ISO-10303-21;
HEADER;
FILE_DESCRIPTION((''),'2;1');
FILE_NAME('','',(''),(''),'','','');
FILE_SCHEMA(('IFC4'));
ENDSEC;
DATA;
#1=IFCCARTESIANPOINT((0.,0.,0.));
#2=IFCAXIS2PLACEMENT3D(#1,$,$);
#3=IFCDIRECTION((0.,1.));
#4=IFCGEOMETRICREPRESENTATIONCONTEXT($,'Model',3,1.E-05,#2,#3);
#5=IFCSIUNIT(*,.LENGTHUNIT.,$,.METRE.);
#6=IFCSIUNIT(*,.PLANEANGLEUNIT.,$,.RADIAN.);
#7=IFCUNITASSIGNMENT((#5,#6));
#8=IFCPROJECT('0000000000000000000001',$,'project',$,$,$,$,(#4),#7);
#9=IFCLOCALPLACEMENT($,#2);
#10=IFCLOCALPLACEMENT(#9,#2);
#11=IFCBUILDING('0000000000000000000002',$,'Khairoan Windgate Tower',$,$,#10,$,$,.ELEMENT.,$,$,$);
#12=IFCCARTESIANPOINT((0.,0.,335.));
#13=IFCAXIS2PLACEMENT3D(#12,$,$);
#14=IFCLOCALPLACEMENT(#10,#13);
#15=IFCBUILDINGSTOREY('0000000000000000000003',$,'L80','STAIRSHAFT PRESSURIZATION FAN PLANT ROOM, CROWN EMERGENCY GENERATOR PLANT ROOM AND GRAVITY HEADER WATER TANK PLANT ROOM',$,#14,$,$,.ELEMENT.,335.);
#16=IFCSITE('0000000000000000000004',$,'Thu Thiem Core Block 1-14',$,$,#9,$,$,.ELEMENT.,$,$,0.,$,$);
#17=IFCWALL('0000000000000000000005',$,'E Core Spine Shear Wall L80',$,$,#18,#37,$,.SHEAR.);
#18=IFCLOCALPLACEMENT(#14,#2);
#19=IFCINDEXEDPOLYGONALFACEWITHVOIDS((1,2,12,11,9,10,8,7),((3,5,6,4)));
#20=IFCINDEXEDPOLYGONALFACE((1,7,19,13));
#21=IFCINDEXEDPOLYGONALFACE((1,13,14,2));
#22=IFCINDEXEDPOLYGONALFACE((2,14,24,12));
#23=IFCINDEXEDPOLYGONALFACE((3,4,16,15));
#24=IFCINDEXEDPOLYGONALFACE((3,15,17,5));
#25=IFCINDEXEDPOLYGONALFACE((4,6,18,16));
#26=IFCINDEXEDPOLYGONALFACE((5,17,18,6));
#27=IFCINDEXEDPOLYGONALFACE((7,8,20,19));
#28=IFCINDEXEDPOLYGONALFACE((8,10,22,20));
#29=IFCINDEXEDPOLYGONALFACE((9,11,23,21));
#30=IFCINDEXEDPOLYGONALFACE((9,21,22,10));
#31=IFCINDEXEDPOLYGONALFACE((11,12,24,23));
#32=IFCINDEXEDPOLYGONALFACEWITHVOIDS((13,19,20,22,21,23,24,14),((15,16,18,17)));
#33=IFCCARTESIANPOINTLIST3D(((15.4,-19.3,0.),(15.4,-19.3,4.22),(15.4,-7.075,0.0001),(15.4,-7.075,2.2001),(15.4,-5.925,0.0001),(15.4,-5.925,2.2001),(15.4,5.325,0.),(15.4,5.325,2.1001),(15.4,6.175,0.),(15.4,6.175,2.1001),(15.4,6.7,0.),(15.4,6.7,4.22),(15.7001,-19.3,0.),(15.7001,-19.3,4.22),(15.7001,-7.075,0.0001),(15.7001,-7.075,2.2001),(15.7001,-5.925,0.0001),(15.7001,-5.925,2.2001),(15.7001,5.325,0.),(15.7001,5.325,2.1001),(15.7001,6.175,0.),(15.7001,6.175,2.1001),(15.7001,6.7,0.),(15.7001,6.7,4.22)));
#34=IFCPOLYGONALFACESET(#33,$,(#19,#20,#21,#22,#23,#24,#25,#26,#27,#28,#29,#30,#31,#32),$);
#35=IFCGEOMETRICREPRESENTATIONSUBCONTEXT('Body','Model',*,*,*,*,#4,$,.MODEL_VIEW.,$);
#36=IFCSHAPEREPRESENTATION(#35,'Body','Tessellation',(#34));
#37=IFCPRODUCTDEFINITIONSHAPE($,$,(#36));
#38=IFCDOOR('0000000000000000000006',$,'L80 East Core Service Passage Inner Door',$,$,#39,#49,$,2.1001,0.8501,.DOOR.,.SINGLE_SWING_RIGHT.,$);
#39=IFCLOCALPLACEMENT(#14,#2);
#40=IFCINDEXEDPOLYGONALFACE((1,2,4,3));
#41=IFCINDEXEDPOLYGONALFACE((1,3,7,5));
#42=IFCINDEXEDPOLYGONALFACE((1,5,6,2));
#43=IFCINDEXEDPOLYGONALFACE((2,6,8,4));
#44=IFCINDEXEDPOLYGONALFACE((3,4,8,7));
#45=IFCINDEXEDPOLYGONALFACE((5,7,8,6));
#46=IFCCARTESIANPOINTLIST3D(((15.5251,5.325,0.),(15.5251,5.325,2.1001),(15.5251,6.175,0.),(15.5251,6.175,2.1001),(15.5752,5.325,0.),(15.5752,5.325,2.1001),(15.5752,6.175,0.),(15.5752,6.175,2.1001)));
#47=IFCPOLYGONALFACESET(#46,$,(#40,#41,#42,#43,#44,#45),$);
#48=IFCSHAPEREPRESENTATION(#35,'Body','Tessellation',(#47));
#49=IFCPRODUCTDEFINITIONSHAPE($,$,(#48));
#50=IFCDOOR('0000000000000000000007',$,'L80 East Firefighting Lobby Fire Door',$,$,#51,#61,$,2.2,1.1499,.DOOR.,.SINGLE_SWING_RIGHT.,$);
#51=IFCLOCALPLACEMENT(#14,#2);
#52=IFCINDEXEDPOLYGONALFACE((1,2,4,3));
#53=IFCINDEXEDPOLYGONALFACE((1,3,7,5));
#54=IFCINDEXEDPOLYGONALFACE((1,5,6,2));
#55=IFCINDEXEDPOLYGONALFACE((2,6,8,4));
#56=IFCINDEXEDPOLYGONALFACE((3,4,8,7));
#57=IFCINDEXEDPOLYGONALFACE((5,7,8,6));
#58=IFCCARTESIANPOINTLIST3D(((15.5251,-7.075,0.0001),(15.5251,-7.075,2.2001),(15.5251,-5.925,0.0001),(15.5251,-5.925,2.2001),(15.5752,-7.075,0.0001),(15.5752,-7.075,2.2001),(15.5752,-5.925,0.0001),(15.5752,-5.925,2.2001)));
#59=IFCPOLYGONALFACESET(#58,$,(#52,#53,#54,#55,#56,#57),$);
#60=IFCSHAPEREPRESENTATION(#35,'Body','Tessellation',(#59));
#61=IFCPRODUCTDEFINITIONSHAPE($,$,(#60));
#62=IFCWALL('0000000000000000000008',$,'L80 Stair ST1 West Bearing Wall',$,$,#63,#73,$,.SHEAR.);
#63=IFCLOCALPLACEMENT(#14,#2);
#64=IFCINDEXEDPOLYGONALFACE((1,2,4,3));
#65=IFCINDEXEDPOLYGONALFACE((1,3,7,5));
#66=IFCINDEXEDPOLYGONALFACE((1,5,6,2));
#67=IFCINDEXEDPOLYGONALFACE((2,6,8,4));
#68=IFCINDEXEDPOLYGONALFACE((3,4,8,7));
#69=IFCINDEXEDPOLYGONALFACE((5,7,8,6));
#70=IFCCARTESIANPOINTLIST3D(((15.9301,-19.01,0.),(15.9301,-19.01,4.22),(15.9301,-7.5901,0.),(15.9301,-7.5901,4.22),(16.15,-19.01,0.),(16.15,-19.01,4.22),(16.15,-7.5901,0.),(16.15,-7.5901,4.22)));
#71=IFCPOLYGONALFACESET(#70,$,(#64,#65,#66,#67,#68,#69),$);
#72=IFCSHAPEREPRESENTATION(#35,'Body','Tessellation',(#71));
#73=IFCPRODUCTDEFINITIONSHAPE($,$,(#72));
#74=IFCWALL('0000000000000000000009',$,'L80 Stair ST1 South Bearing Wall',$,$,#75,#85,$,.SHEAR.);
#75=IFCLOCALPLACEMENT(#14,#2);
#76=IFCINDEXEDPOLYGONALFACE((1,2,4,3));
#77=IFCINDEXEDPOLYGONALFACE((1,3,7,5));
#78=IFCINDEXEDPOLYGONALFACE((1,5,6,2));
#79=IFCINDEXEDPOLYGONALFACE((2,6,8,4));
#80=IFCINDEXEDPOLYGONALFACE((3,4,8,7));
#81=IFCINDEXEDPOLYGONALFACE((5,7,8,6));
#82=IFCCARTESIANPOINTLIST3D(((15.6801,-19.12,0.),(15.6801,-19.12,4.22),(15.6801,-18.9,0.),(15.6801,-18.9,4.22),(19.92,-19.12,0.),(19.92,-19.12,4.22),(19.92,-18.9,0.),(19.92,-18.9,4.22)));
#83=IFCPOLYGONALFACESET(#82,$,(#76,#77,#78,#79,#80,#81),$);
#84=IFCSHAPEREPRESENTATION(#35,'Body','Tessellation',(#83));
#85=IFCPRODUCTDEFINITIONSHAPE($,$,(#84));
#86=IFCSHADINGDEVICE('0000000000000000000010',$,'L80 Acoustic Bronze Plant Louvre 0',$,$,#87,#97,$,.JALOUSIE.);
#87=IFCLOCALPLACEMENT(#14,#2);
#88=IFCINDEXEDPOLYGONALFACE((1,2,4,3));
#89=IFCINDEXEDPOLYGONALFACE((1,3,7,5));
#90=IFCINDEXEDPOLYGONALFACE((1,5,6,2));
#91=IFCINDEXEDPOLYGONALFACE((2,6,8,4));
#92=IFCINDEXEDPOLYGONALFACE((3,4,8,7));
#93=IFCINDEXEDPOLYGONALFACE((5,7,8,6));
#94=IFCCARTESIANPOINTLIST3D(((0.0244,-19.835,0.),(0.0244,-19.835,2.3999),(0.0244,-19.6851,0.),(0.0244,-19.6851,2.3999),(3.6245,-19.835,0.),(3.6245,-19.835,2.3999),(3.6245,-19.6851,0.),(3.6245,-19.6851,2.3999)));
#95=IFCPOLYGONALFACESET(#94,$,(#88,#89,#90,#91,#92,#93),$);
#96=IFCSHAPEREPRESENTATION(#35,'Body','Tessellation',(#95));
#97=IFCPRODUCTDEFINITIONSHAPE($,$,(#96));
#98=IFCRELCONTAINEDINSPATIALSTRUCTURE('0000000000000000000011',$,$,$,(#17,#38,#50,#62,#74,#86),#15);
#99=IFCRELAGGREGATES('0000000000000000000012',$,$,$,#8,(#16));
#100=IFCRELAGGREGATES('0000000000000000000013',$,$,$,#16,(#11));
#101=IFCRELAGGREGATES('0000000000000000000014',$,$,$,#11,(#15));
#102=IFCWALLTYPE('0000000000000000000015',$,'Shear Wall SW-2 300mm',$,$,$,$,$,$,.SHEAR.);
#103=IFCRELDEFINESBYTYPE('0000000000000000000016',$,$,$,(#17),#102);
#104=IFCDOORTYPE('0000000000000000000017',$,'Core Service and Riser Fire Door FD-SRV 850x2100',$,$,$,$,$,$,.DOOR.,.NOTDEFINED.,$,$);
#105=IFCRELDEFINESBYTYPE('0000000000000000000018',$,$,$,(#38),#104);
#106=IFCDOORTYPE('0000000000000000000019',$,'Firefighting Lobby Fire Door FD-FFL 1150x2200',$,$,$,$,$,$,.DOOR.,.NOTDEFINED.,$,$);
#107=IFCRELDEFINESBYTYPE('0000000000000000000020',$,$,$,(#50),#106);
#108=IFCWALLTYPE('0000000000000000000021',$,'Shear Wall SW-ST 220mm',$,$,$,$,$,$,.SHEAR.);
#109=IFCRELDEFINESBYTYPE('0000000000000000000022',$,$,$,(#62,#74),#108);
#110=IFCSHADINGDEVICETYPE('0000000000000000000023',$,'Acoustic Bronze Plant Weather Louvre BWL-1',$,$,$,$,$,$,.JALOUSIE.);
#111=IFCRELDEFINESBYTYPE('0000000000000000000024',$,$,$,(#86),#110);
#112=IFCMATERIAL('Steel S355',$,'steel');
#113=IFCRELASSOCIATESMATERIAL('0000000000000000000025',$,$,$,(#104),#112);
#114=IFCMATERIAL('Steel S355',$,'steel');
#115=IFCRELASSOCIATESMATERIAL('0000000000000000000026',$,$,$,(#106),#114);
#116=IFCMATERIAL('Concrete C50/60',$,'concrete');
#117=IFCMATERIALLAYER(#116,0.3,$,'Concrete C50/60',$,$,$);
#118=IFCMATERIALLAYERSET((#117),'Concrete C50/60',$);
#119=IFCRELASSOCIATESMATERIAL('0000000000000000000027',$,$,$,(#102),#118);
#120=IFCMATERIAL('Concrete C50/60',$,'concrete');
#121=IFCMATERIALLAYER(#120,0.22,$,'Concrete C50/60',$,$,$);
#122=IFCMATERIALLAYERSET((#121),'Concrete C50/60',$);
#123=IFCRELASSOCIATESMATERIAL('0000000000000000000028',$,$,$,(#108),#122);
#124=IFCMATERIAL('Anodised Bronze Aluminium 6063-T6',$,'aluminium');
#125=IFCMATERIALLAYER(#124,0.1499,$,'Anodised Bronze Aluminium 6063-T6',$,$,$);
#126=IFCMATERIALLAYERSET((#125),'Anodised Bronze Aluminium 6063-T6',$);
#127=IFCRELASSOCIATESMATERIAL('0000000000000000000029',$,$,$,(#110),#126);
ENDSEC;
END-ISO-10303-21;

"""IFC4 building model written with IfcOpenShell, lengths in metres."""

from ifc_helpers import new_model, si_unit, direction, frame, frame_2d, origin, origin_2d, place, context, subcontext, project, spatial, rectangle, extrude, material, layer, layer_set, type_object, element, fill, save


model = new_model("IFC4")

# Units and contexts
model_context = context("Model", 3, precision=1e-05, world=origin(), true_north=direction((0.0, 1.0)))
body_context = subcontext(model_context, "Body", "Model", "MODEL_VIEW")
ifc_project = project(units=[si_unit("LENGTHUNIT", "METRE"), si_unit("PLANEANGLEUNIT", "RADIAN")], contexts=[model_context])

# Site, building, storey
site_placement = place(None, origin())
site = spatial("IfcSite", under=ifc_project, at=site_placement, Name="Thu Thiem Core Block 1-14", CompositionType="ELEMENT", RefElevation=0.0)
building_placement = place(site_placement, origin())
building = spatial("IfcBuilding", under=site, at=building_placement, Name="Khairoan Windgate Tower", CompositionType="ELEMENT")
storey_placement = place(building_placement, frame((0.0, 0.0, 335.0)))
storey = spatial("IfcBuildingStorey", under=building, at=storey_placement, Name="L80", Description="STAIRSHAFT PRESSURIZATION FAN PLANT ROOM, CROWN EMERGENCY GENERATOR PLANT ROOM AND GRAVITY HEADER WATER TANK PLANT ROOM", CompositionType="ELEMENT", Elevation=335.0)

# Shared definitions
ifc_material_1 = material(Name="Steel S355", Category="steel")
door_type_1 = type_object("IfcDoorType", Name="Core Service and Riser Fire Door FD-SRV 850x2100", OperationType="NOTDEFINED", PredefinedType="DOOR", material=ifc_material_1)
ifc_material_2 = material(Name="Steel S355", Category="steel")
door_type_2 = type_object("IfcDoorType", Name="Firefighting Lobby Fire Door FD-FFL 1150x2200", OperationType="NOTDEFINED", PredefinedType="DOOR", material=ifc_material_2)

# Wall, openings, doors
ifc_material_3 = material(Name="Concrete C50/60", Category="concrete")
ifc_layer_1 = layer(ifc_material_3, 0.3, Name="Concrete C50/60")
ifc_layer_set_1 = layer_set([ifc_layer_1], Name="Concrete C50/60")
wall_type_1 = type_object("IfcWallType", Name="Shear Wall SW-2 300mm", PredefinedType="SHEAR", material=ifc_layer_set_1)
wall_1_placement = place(storey_placement, frame((15.55, -19.3, 0.0), z_axis=(0.0, 0.0, 1.0), x_axis=(0.0, 1.0, 0.0)))
wall_1 = element("IfcWall", 1, at=wall_1_placement, inside=storey, type_object=wall_type_1, Name="E Core Spine Shear Wall L80", PredefinedType="SHEAR", context=body_context, shape_type="SweptSolid", body=[
    extrude(rectangle(XDim=26.0, YDim=0.3, at=frame_2d((13.0, 0.0))), origin(), (0.0, 0.0, 1.0), 4.22),
])
opening_1_placement = place(wall_1_placement, frame((12.2251, 0.0, 0.0)))
opening_1 = element("IfcOpeningElement", 2, at=opening_1_placement, cuts=wall_1, PredefinedType="OPENING", context=body_context, shape_type="SweptSolid", body=[
    extrude(rectangle(XDim=1.1499, YDim=2.2, at=frame_2d((0.575, 1.1001))), frame((0.0, 0.1599, 0.0), z_axis=(0.0, -1.0, 0.0), x_axis=(1.0, 0.0, 0.0)), (0.0, 0.0, 1.0), 0.3201),
])
opening_2_placement = place(wall_1_placement, frame((24.625, 0.0, 0.0)))
opening_2 = element("IfcOpeningElement", 3, at=opening_2_placement, cuts=wall_1, PredefinedType="OPENING", context=body_context, shape_type="SweptSolid", body=[
    extrude(rectangle(XDim=0.8501, YDim=2.1001, at=frame_2d((0.425, 1.05))), frame((0.0, 0.1599, 0.0), z_axis=(0.0, -1.0, 0.0), x_axis=(1.0, 0.0, 0.0)), (0.0, 0.0, 1.0), 0.3201),
])
door_1_placement = place(opening_2_placement, origin())
door_1 = element("IfcDoor", 4, at=door_1_placement, inside=storey, type_object=door_type_1, Name="L80 East Core Service Passage Inner Door", OperationType="SINGLE_SWING_RIGHT", OverallHeight=2.1001, OverallWidth=0.8501, PredefinedType="DOOR", context=body_context, shape_type="SweptSolid", body=[
    extrude(rectangle(XDim=0.8501, YDim=2.1001, at=frame_2d((0.425, 1.05))), frame((0.0, 0.0249, 0.0), z_axis=(0.0, -1.0, 0.0), x_axis=(1.0, 0.0, 0.0)), (0.0, 0.0, 1.0), 0.05),
])
fill(opening_2, door_1)
door_2_placement = place(opening_1_placement, origin())
door_2 = element("IfcDoor", 5, at=door_2_placement, inside=storey, type_object=door_type_2, Name="L80 East Firefighting Lobby Fire Door", OperationType="SINGLE_SWING_RIGHT", OverallHeight=2.2, OverallWidth=1.1499, PredefinedType="DOOR", context=body_context, shape_type="SweptSolid", body=[
    extrude(rectangle(XDim=1.1499, YDim=2.2, at=frame_2d((0.575, 1.1001))), frame((0.0, 0.0249, 0.0), z_axis=(0.0, -1.0, 0.0), x_axis=(1.0, 0.0, 0.0)), (0.0, 0.0, 1.0), 0.05),
])
fill(opening_1, door_2)

# Walls
ifc_material_4 = material(Name="Concrete C50/60", Category="concrete")
ifc_layer_2 = layer(ifc_material_4, 0.22, Name="Concrete C50/60")
ifc_layer_set_2 = layer_set([ifc_layer_2], Name="Concrete C50/60")
wall_type_2 = type_object("IfcWallType", Name="Shear Wall SW-ST 220mm", PredefinedType="SHEAR", material=ifc_layer_set_2)
wall_2_placement = place(storey_placement, frame((16.04, -19.01, 0.0), z_axis=(0.0, 0.0, 1.0), x_axis=(0.0, 1.0, 0.0)))
element("IfcWall", 6, at=wall_2_placement, inside=storey, type_object=wall_type_2, Name="L80 Stair ST1 West Bearing Wall", PredefinedType="SHEAR", context=body_context, shape_type="SweptSolid", body=[
    extrude(rectangle(XDim=11.4199, YDim=0.22, at=frame_2d((5.71, 0.0))), origin(), (0.0, 0.0, 1.0), 4.22),
])
wall_3_placement = place(storey_placement, frame((15.6799, -19.01, 0.0), z_axis=(0.0, 0.0, 1.0), x_axis=(1.0, 0.0, 0.0)))
element("IfcWall", 7, at=wall_3_placement, inside=storey, type_object=wall_type_2, Name="L80 Stair ST1 South Bearing Wall", PredefinedType="SHEAR", context=body_context, shape_type="SweptSolid", body=[
    extrude(rectangle(XDim=4.24, YDim=0.22, at=frame_2d((2.1201, 0.0))), origin(), (0.0, 0.0, 1.0), 4.22),
])

# Shading device
ifc_material_5 = material(Name="Anodised Bronze Aluminium 6063-T6", Category="aluminium")
ifc_layer_3 = layer(ifc_material_5, 0.1499, Name="Anodised Bronze Aluminium 6063-T6")
ifc_layer_set_3 = layer_set([ifc_layer_3], Name="Anodised Bronze Aluminium 6063-T6")
shading_device_type = type_object("IfcShadingDeviceType", Name="Acoustic Bronze Plant Weather Louvre BWL-1", PredefinedType="JALOUSIE", material=ifc_layer_set_3)
shading_device_placement = place(storey_placement, frame((1.8245, -19.76, 0.0), z_axis=(0.0, 0.0, 1.0), x_axis=(-1.0, 0.0, 0.0)))
element("IfcShadingDevice", 8, at=shading_device_placement, inside=storey, type_object=shading_device_type, Name="L80 Acoustic Bronze Plant Louvre 0", PredefinedType="JALOUSIE", context=body_context, shape_type="SweptSolid", body=[
    extrude(rectangle(XDim=3.6001, YDim=0.1499, at=origin_2d()), origin(), (0.0, 0.0, 1.0), 2.3999),
])

save(model, "model.ifc")
